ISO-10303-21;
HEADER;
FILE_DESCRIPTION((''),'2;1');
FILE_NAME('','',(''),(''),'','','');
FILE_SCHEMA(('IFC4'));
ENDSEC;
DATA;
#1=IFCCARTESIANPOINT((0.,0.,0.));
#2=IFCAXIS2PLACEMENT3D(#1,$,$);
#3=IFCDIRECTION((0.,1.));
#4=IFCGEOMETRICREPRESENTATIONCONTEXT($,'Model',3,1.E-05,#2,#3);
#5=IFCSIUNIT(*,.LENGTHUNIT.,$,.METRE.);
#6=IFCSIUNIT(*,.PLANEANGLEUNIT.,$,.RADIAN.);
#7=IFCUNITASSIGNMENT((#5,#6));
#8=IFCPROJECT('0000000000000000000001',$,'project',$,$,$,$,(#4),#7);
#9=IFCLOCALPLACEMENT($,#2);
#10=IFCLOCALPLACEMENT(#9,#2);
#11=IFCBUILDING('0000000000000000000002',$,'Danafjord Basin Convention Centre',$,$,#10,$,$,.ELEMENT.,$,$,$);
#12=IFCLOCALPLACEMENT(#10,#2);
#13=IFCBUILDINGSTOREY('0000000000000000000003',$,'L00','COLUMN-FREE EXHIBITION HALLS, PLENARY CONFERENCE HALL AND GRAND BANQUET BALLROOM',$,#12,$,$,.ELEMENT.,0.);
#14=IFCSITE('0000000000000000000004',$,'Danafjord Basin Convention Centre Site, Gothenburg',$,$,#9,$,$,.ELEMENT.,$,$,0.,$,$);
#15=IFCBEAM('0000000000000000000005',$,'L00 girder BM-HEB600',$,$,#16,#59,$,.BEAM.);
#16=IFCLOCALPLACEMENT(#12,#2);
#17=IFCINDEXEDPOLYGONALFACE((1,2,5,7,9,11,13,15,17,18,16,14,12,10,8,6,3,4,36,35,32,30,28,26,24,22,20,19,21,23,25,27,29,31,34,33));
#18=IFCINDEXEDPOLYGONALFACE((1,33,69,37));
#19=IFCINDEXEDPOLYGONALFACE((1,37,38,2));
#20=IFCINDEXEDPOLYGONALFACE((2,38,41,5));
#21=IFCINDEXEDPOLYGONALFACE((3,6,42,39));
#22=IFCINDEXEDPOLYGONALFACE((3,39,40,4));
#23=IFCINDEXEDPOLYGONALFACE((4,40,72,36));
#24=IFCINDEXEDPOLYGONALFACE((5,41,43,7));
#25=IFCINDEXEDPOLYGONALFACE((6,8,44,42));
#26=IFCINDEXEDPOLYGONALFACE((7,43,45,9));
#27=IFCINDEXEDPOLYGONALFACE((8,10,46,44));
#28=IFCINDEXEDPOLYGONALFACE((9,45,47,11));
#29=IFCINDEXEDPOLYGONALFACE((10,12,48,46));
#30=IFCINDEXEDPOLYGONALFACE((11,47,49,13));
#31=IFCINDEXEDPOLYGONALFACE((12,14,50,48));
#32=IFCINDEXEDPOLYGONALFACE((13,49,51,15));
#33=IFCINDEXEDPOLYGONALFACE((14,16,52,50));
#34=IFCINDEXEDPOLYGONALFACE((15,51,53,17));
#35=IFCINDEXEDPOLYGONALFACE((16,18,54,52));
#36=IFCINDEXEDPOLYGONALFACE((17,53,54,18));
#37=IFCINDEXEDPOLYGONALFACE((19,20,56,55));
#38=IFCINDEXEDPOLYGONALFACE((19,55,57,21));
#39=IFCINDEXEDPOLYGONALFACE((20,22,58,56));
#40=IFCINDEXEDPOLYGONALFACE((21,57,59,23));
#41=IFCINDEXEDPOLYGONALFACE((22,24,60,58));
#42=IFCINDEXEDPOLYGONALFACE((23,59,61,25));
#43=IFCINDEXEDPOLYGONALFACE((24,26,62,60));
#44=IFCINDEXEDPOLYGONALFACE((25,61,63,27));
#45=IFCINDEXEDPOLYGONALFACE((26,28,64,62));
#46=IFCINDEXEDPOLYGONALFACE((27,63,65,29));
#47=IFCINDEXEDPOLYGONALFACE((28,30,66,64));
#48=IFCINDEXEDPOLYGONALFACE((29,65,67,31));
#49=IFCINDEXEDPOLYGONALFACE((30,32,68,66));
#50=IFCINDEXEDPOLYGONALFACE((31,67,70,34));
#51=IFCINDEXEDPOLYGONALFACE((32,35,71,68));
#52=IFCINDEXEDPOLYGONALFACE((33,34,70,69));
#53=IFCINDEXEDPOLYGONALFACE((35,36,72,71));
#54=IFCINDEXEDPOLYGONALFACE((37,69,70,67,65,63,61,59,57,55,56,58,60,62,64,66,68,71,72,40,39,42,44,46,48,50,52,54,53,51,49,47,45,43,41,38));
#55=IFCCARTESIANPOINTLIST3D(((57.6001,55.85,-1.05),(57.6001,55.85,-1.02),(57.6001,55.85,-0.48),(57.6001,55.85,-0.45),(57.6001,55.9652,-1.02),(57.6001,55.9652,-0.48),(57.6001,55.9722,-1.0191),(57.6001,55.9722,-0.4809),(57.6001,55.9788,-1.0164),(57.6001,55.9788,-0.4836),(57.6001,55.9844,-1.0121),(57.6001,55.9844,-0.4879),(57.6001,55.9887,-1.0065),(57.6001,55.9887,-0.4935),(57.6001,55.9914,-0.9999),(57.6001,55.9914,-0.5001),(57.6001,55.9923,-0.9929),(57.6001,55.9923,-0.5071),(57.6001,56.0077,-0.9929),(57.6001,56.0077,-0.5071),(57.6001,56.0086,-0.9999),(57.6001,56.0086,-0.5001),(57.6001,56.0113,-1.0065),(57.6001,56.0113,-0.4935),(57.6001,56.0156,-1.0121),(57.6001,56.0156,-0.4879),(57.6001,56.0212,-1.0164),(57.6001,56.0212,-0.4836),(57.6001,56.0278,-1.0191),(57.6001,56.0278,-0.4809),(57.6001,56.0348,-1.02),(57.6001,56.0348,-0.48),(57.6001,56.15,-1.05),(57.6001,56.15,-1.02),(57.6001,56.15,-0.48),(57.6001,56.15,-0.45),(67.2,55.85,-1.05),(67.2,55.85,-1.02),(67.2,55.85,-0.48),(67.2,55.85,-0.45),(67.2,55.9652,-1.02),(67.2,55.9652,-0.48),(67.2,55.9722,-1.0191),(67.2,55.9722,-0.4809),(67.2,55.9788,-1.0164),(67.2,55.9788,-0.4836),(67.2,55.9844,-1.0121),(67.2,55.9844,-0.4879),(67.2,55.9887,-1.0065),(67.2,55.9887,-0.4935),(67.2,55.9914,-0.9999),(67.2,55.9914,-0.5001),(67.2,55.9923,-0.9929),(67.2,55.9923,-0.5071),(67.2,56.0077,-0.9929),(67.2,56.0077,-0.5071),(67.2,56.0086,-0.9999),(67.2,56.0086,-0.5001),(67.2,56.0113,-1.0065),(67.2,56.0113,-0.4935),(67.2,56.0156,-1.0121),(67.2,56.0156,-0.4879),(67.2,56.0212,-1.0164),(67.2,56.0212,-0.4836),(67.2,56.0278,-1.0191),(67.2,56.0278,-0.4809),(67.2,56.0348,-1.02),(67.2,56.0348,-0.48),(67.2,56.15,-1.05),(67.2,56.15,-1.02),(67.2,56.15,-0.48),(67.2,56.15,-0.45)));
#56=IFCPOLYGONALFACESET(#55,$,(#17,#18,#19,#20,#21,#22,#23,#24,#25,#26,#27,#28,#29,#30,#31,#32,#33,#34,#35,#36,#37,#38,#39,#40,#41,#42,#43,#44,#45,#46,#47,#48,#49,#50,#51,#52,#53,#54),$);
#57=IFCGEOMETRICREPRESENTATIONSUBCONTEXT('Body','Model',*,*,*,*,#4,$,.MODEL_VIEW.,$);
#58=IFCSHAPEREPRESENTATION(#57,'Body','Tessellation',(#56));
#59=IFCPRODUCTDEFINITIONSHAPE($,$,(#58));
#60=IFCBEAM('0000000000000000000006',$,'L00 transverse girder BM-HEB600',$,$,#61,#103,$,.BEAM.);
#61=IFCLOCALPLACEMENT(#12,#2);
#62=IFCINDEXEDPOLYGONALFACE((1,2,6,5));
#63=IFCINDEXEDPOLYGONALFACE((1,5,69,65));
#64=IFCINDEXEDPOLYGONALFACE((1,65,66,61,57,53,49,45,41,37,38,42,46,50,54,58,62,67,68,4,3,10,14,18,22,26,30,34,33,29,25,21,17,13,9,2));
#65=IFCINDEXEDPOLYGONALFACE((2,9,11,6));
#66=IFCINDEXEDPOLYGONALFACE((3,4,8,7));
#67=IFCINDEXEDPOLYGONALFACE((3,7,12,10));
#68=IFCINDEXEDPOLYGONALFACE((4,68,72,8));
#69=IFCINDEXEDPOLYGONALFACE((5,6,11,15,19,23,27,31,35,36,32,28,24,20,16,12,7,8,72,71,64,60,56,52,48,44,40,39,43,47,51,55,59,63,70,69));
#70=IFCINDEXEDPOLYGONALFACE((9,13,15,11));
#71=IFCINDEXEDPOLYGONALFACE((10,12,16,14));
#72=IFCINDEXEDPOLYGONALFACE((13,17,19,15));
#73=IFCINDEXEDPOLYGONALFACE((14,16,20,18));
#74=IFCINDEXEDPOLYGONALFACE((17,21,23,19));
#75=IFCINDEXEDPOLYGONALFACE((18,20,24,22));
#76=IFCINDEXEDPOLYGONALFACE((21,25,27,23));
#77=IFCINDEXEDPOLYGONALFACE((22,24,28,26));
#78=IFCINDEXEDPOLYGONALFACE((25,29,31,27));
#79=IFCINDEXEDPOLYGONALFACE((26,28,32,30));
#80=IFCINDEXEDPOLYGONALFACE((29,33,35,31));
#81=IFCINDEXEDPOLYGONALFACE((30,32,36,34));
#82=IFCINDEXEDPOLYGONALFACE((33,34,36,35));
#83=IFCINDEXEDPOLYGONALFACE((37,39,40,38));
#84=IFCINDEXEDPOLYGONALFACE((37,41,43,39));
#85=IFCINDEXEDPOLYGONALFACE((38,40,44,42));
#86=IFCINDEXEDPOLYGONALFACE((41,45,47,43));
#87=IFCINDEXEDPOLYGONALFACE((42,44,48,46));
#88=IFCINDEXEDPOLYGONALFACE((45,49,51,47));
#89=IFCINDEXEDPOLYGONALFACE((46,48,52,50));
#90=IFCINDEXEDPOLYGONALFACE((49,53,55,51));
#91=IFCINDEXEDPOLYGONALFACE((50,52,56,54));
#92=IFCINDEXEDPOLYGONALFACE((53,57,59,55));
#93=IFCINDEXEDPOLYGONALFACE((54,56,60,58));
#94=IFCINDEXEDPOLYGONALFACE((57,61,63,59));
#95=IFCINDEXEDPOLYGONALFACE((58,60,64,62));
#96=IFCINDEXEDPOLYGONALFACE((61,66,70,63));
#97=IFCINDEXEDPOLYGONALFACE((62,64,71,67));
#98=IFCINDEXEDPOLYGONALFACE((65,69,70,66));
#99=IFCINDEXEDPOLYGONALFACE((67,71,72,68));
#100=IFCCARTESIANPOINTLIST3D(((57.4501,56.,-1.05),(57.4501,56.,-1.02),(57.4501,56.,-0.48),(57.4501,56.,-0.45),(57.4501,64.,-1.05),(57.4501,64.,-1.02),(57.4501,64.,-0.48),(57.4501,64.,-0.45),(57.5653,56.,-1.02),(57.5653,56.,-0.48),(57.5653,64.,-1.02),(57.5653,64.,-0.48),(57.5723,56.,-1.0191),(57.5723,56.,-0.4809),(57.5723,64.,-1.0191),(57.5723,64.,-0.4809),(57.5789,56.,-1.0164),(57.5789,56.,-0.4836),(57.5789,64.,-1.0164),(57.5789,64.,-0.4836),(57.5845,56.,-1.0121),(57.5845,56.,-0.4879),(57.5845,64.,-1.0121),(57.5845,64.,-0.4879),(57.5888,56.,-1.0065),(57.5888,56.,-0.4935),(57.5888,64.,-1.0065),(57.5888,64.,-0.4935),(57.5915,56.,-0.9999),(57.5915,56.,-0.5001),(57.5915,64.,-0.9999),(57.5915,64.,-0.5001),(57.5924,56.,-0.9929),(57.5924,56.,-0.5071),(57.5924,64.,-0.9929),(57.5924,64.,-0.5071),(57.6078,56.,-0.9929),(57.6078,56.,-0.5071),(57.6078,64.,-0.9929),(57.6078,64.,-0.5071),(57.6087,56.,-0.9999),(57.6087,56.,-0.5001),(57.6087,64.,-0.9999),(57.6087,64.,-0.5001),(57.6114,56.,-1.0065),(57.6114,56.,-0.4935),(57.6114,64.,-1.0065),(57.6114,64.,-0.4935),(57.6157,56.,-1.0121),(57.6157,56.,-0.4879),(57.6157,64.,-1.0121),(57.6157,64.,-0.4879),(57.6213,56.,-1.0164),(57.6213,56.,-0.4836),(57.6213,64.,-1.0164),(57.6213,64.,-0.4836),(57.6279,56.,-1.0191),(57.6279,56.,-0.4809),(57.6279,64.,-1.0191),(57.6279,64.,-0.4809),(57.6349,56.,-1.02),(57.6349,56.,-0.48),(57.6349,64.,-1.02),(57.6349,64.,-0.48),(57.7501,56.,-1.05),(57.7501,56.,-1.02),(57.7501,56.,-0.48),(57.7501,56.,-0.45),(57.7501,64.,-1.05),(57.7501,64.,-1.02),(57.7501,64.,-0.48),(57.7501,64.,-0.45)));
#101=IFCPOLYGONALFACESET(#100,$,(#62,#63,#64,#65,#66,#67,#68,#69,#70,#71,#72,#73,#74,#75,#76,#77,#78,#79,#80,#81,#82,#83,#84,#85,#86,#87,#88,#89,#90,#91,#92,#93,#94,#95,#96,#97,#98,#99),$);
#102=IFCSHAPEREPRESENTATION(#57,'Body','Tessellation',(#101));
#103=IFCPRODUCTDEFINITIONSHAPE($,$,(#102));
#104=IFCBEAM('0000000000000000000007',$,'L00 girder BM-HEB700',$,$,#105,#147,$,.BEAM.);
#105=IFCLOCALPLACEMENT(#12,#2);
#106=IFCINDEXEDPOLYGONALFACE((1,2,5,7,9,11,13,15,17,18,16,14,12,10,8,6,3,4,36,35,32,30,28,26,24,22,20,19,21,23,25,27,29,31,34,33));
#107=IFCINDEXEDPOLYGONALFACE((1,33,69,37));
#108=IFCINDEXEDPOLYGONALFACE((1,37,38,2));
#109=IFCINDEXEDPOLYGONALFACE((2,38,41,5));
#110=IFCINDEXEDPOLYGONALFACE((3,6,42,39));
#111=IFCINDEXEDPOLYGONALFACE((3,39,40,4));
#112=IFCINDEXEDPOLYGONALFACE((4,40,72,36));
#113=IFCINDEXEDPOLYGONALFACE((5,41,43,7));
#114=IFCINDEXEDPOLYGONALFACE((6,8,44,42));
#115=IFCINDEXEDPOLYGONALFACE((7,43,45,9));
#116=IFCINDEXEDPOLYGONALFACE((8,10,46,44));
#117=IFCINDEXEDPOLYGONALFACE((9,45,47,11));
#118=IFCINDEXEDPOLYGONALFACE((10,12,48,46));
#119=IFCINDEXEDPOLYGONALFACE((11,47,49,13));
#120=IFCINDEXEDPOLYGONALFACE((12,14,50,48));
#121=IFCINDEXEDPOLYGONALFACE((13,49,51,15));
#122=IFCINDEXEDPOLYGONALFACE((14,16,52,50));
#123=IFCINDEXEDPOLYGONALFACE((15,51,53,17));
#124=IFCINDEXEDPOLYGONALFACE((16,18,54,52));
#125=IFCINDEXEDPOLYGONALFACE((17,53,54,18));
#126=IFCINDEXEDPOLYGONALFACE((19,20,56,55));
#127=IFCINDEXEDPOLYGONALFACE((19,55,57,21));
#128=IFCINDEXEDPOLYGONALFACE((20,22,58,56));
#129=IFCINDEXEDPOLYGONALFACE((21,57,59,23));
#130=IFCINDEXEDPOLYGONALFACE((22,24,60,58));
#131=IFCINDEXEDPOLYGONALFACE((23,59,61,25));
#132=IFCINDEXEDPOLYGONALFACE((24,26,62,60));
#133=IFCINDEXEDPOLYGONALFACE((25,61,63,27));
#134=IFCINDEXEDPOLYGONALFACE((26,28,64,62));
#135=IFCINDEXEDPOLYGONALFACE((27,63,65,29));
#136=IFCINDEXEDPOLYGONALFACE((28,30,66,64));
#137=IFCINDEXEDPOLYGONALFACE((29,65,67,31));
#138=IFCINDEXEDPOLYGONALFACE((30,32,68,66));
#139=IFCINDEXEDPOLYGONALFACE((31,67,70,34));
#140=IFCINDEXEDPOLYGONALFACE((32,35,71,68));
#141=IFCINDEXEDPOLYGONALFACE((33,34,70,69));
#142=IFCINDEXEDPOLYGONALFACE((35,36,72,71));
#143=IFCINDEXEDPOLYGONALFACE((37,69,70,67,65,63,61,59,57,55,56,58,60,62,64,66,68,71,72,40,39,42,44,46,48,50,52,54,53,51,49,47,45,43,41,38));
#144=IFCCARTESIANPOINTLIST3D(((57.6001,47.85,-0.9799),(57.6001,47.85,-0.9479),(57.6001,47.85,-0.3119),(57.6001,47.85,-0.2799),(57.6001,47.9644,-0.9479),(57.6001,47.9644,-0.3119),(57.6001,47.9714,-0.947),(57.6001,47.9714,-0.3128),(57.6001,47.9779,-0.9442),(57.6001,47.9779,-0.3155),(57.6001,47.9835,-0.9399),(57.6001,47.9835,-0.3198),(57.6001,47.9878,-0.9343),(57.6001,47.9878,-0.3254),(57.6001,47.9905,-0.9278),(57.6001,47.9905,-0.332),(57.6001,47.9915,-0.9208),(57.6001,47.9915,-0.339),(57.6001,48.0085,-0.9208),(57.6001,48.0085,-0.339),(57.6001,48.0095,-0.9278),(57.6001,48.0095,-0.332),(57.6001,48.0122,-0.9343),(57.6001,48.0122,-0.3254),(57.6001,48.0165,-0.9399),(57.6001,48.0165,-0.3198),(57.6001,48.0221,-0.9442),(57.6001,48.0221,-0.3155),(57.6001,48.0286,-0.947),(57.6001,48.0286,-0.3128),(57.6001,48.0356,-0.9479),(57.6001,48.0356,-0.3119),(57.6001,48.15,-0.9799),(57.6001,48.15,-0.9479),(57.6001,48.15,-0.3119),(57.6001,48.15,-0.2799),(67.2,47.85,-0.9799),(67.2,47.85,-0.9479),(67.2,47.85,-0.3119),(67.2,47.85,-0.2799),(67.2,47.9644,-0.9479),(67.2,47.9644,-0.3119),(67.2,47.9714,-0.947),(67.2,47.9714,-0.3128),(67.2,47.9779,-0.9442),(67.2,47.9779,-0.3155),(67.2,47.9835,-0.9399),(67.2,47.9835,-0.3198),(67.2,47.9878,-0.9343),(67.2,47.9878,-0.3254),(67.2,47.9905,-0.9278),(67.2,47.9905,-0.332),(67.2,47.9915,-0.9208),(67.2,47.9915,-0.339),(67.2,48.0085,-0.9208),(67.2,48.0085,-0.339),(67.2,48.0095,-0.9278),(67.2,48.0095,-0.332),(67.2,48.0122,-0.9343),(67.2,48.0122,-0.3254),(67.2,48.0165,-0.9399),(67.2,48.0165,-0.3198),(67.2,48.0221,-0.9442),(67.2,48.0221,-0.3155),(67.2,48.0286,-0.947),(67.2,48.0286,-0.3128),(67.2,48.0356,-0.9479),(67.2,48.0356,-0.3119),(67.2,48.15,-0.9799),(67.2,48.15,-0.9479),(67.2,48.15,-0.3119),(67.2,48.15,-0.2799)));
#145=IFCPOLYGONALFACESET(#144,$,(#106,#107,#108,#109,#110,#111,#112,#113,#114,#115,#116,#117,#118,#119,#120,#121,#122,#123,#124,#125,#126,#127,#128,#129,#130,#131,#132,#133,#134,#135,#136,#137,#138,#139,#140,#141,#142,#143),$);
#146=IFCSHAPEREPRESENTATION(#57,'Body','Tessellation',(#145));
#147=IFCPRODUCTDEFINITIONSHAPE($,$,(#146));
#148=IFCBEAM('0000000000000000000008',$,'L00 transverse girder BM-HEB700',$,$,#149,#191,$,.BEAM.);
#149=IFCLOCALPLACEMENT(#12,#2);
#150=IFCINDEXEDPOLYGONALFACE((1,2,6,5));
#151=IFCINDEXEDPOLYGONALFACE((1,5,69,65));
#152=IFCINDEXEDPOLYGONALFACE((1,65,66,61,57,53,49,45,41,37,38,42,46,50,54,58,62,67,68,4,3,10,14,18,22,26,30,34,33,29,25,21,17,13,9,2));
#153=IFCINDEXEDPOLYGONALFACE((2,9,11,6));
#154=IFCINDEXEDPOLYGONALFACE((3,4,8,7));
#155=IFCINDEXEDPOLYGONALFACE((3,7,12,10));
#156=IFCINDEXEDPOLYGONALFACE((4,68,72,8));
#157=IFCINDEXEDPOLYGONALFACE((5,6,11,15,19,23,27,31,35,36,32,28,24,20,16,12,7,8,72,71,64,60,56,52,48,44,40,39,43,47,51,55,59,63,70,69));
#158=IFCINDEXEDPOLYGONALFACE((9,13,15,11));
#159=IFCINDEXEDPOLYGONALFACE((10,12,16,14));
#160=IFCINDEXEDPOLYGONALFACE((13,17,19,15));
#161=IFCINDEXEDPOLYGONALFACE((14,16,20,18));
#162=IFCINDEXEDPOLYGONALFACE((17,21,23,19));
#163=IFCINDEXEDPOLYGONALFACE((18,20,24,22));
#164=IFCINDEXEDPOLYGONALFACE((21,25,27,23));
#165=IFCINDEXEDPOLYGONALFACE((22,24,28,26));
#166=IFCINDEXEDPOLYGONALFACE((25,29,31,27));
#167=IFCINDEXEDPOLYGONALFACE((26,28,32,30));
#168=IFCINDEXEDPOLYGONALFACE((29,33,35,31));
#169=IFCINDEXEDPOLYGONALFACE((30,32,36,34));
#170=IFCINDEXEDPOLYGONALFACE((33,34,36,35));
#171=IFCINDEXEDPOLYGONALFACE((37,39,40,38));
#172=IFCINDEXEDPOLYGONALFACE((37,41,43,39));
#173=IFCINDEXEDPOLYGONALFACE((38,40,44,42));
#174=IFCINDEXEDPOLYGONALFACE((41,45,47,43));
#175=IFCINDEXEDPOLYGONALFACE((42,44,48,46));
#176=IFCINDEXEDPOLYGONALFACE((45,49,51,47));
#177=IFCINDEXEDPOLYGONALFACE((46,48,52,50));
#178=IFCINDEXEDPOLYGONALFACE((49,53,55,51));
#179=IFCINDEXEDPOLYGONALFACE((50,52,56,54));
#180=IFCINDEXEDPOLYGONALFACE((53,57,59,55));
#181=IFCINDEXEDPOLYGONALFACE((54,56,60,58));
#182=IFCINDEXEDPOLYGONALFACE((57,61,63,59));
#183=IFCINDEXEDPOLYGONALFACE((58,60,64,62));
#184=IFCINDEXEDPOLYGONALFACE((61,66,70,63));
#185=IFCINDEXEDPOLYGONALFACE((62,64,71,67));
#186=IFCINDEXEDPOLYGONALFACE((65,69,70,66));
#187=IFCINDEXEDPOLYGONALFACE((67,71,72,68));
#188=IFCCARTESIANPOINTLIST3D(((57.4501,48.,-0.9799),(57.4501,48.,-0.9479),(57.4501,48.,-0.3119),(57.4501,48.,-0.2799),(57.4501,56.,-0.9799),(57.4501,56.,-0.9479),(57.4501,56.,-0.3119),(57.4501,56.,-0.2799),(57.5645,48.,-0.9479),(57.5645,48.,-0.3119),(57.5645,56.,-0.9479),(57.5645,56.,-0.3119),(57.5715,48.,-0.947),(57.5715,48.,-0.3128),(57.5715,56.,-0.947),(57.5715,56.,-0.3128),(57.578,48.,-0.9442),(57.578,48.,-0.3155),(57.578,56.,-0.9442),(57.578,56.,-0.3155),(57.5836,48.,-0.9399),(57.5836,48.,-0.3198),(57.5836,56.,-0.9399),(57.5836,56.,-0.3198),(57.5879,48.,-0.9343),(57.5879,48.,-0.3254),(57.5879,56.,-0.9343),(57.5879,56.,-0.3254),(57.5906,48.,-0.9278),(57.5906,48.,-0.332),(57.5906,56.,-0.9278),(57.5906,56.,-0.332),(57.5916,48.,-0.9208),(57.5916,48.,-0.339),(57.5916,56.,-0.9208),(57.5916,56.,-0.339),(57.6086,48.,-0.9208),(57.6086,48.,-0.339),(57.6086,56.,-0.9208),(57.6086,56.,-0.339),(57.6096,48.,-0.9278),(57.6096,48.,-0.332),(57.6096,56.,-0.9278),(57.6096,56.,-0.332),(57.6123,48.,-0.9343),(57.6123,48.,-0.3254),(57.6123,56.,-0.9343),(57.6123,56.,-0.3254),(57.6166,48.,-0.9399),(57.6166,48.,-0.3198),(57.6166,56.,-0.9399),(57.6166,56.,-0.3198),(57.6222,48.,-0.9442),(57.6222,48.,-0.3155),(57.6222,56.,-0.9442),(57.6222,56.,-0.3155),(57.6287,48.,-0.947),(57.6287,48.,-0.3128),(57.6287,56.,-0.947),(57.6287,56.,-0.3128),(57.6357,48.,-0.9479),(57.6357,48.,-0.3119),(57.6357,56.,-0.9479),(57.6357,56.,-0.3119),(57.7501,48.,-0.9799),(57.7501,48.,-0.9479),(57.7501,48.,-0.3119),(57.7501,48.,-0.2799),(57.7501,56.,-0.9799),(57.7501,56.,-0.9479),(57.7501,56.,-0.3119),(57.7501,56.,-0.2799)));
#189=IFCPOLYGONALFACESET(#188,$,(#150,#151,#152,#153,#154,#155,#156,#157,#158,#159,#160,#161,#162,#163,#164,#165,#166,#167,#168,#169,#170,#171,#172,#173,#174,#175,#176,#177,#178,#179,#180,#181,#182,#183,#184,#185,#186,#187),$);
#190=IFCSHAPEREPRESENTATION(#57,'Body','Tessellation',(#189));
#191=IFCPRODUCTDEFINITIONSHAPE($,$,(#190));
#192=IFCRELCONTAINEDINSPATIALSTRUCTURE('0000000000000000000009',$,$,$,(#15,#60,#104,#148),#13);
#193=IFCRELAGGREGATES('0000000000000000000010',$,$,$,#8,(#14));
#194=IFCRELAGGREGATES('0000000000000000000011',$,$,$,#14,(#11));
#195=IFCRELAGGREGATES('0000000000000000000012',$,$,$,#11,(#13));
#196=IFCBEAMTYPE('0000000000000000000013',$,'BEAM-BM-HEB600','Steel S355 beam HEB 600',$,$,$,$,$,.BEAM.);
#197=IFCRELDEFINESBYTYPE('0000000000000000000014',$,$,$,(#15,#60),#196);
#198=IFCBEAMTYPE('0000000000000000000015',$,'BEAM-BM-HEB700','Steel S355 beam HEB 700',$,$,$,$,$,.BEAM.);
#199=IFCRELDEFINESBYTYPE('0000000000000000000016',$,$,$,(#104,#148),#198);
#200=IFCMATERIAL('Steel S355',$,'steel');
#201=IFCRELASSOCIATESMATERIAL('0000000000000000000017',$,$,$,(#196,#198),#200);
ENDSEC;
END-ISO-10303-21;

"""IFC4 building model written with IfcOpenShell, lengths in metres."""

from ifc_helpers import new_model, si_unit, direction, frame, origin, origin_2d, place, context, subcontext, project, spatial, i_section, extrude, material, material_profile, profile_set, type_object, element, save


model = new_model("IFC4")

# Units and contexts
model_context = context("Model", 3, precision=1e-05, world=origin(), true_north=direction((0.0, 1.0)))
body_context = subcontext(model_context, "Body", "Model", "MODEL_VIEW")
ifc_project = project(units=[si_unit("LENGTHUNIT", "METRE"), si_unit("PLANEANGLEUNIT", "RADIAN")], contexts=[model_context])

# Site, building, storey
site_placement = place(None, origin())
site = spatial("IfcSite", under=ifc_project, at=site_placement, Name="Danafjord Basin Convention Centre Site, Gothenburg", CompositionType="ELEMENT", RefElevation=0.0)
building_placement = place(site_placement, origin())
building = spatial("IfcBuilding", under=site, at=building_placement, Name="Danafjord Basin Convention Centre", CompositionType="ELEMENT")
storey_placement = place(building_placement, origin())
storey = spatial("IfcBuildingStorey", under=building, at=storey_placement, Name="L00", Description="COLUMN-FREE EXHIBITION HALLS, PLENARY CONFERENCE HALL AND GRAND BANQUET BALLROOM", CompositionType="ELEMENT", Elevation=0.0)

# Shared definitions
ifc_material_1 = material(Name="Steel S355", Category="steel")

# Beams
ifc_material_profile_1 = material_profile(ifc_material_1, i_section(OverallWidth=0.3, OverallDepth=0.6001, WebThickness=0.0154, FlangeThickness=0.03, FilletRadius=0.0271, at=origin_2d()), Name="HEB 600")
ifc_profile_set_1 = profile_set([ifc_material_profile_1], Name="Steel S355")
beam_type_1 = type_object("IfcBeamType", Name="BEAM-BM-HEB600", Description="Steel S355 beam HEB 600", PredefinedType="BEAM", material=ifc_profile_set_1)
beam_1_placement = place(storey_placement, frame((57.6001, 56.0, -0.75), z_axis=(1.0, 0.0, 0.0), x_axis=(0.0, 1.0, 0.0)))
element("IfcBeam", 1, at=beam_1_placement, inside=storey, type_object=beam_type_1, Name="L00 girder BM-HEB600", PredefinedType="BEAM", context=body_context, shape_type="SweptSolid", body=[
    extrude(i_section(OverallWidth=0.3, OverallDepth=0.6001, WebThickness=0.0154, FlangeThickness=0.03, FilletRadius=0.0271, at=origin_2d()), origin(), (0.0, 0.0, 1.0), 9.5999),
])
beam_2_placement = place(storey_placement, frame((57.6001, 56.0, -0.75), z_axis=(0.0, 1.0, 0.0), x_axis=(-1.0, 0.0, 0.0)))
element("IfcBeam", 2, at=beam_2_placement, inside=storey, type_object=beam_type_1, Name="L00 transverse girder BM-HEB600", PredefinedType="BEAM", context=body_context, shape_type="SweptSolid", body=[
    extrude(i_section(OverallWidth=0.3, OverallDepth=0.6001, WebThickness=0.0154, FlangeThickness=0.03, FilletRadius=0.0271, at=origin_2d()), origin(), (0.0, 0.0, 1.0), 8.0),
])
ifc_material_profile_2 = material_profile(ifc_material_1, i_section(OverallWidth=0.3, OverallDepth=0.7, WebThickness=0.0171, FlangeThickness=0.032, FilletRadius=0.0271, at=origin_2d()), Name="HEB 700")
ifc_profile_set_2 = profile_set([ifc_material_profile_2], Name="Steel S355")
beam_type_2 = type_object("IfcBeamType", Name="BEAM-BM-HEB700", Description="Steel S355 beam HEB 700", PredefinedType="BEAM", material=ifc_profile_set_2)
beam_3_placement = place(storey_placement, frame((57.6001, 48.0, -0.6299), z_axis=(1.0, 0.0, 0.0), x_axis=(0.0, 1.0, 0.0)))
element("IfcBeam", 3, at=beam_3_placement, inside=storey, type_object=beam_type_2, Name="L00 girder BM-HEB700", PredefinedType="BEAM", context=body_context, shape_type="SweptSolid", body=[
    extrude(i_section(OverallWidth=0.3, OverallDepth=0.7, WebThickness=0.0171, FlangeThickness=0.032, FilletRadius=0.0271, at=origin_2d()), origin(), (0.0, 0.0, 1.0), 9.5999),
])
beam_4_placement = place(storey_placement, frame((57.6001, 48.0, -0.6299), z_axis=(0.0, 1.0, 0.0), x_axis=(-1.0, 0.0, 0.0)))
element("IfcBeam", 4, at=beam_4_placement, inside=storey, type_object=beam_type_2, Name="L00 transverse girder BM-HEB700", PredefinedType="BEAM", context=body_context, shape_type="SweptSolid", body=[
    extrude(i_section(OverallWidth=0.3, OverallDepth=0.7, WebThickness=0.0171, FlangeThickness=0.032, FilletRadius=0.0271, at=origin_2d()), origin(), (0.0, 0.0, 1.0), 8.0),
])

save(model, "model.ifc")
